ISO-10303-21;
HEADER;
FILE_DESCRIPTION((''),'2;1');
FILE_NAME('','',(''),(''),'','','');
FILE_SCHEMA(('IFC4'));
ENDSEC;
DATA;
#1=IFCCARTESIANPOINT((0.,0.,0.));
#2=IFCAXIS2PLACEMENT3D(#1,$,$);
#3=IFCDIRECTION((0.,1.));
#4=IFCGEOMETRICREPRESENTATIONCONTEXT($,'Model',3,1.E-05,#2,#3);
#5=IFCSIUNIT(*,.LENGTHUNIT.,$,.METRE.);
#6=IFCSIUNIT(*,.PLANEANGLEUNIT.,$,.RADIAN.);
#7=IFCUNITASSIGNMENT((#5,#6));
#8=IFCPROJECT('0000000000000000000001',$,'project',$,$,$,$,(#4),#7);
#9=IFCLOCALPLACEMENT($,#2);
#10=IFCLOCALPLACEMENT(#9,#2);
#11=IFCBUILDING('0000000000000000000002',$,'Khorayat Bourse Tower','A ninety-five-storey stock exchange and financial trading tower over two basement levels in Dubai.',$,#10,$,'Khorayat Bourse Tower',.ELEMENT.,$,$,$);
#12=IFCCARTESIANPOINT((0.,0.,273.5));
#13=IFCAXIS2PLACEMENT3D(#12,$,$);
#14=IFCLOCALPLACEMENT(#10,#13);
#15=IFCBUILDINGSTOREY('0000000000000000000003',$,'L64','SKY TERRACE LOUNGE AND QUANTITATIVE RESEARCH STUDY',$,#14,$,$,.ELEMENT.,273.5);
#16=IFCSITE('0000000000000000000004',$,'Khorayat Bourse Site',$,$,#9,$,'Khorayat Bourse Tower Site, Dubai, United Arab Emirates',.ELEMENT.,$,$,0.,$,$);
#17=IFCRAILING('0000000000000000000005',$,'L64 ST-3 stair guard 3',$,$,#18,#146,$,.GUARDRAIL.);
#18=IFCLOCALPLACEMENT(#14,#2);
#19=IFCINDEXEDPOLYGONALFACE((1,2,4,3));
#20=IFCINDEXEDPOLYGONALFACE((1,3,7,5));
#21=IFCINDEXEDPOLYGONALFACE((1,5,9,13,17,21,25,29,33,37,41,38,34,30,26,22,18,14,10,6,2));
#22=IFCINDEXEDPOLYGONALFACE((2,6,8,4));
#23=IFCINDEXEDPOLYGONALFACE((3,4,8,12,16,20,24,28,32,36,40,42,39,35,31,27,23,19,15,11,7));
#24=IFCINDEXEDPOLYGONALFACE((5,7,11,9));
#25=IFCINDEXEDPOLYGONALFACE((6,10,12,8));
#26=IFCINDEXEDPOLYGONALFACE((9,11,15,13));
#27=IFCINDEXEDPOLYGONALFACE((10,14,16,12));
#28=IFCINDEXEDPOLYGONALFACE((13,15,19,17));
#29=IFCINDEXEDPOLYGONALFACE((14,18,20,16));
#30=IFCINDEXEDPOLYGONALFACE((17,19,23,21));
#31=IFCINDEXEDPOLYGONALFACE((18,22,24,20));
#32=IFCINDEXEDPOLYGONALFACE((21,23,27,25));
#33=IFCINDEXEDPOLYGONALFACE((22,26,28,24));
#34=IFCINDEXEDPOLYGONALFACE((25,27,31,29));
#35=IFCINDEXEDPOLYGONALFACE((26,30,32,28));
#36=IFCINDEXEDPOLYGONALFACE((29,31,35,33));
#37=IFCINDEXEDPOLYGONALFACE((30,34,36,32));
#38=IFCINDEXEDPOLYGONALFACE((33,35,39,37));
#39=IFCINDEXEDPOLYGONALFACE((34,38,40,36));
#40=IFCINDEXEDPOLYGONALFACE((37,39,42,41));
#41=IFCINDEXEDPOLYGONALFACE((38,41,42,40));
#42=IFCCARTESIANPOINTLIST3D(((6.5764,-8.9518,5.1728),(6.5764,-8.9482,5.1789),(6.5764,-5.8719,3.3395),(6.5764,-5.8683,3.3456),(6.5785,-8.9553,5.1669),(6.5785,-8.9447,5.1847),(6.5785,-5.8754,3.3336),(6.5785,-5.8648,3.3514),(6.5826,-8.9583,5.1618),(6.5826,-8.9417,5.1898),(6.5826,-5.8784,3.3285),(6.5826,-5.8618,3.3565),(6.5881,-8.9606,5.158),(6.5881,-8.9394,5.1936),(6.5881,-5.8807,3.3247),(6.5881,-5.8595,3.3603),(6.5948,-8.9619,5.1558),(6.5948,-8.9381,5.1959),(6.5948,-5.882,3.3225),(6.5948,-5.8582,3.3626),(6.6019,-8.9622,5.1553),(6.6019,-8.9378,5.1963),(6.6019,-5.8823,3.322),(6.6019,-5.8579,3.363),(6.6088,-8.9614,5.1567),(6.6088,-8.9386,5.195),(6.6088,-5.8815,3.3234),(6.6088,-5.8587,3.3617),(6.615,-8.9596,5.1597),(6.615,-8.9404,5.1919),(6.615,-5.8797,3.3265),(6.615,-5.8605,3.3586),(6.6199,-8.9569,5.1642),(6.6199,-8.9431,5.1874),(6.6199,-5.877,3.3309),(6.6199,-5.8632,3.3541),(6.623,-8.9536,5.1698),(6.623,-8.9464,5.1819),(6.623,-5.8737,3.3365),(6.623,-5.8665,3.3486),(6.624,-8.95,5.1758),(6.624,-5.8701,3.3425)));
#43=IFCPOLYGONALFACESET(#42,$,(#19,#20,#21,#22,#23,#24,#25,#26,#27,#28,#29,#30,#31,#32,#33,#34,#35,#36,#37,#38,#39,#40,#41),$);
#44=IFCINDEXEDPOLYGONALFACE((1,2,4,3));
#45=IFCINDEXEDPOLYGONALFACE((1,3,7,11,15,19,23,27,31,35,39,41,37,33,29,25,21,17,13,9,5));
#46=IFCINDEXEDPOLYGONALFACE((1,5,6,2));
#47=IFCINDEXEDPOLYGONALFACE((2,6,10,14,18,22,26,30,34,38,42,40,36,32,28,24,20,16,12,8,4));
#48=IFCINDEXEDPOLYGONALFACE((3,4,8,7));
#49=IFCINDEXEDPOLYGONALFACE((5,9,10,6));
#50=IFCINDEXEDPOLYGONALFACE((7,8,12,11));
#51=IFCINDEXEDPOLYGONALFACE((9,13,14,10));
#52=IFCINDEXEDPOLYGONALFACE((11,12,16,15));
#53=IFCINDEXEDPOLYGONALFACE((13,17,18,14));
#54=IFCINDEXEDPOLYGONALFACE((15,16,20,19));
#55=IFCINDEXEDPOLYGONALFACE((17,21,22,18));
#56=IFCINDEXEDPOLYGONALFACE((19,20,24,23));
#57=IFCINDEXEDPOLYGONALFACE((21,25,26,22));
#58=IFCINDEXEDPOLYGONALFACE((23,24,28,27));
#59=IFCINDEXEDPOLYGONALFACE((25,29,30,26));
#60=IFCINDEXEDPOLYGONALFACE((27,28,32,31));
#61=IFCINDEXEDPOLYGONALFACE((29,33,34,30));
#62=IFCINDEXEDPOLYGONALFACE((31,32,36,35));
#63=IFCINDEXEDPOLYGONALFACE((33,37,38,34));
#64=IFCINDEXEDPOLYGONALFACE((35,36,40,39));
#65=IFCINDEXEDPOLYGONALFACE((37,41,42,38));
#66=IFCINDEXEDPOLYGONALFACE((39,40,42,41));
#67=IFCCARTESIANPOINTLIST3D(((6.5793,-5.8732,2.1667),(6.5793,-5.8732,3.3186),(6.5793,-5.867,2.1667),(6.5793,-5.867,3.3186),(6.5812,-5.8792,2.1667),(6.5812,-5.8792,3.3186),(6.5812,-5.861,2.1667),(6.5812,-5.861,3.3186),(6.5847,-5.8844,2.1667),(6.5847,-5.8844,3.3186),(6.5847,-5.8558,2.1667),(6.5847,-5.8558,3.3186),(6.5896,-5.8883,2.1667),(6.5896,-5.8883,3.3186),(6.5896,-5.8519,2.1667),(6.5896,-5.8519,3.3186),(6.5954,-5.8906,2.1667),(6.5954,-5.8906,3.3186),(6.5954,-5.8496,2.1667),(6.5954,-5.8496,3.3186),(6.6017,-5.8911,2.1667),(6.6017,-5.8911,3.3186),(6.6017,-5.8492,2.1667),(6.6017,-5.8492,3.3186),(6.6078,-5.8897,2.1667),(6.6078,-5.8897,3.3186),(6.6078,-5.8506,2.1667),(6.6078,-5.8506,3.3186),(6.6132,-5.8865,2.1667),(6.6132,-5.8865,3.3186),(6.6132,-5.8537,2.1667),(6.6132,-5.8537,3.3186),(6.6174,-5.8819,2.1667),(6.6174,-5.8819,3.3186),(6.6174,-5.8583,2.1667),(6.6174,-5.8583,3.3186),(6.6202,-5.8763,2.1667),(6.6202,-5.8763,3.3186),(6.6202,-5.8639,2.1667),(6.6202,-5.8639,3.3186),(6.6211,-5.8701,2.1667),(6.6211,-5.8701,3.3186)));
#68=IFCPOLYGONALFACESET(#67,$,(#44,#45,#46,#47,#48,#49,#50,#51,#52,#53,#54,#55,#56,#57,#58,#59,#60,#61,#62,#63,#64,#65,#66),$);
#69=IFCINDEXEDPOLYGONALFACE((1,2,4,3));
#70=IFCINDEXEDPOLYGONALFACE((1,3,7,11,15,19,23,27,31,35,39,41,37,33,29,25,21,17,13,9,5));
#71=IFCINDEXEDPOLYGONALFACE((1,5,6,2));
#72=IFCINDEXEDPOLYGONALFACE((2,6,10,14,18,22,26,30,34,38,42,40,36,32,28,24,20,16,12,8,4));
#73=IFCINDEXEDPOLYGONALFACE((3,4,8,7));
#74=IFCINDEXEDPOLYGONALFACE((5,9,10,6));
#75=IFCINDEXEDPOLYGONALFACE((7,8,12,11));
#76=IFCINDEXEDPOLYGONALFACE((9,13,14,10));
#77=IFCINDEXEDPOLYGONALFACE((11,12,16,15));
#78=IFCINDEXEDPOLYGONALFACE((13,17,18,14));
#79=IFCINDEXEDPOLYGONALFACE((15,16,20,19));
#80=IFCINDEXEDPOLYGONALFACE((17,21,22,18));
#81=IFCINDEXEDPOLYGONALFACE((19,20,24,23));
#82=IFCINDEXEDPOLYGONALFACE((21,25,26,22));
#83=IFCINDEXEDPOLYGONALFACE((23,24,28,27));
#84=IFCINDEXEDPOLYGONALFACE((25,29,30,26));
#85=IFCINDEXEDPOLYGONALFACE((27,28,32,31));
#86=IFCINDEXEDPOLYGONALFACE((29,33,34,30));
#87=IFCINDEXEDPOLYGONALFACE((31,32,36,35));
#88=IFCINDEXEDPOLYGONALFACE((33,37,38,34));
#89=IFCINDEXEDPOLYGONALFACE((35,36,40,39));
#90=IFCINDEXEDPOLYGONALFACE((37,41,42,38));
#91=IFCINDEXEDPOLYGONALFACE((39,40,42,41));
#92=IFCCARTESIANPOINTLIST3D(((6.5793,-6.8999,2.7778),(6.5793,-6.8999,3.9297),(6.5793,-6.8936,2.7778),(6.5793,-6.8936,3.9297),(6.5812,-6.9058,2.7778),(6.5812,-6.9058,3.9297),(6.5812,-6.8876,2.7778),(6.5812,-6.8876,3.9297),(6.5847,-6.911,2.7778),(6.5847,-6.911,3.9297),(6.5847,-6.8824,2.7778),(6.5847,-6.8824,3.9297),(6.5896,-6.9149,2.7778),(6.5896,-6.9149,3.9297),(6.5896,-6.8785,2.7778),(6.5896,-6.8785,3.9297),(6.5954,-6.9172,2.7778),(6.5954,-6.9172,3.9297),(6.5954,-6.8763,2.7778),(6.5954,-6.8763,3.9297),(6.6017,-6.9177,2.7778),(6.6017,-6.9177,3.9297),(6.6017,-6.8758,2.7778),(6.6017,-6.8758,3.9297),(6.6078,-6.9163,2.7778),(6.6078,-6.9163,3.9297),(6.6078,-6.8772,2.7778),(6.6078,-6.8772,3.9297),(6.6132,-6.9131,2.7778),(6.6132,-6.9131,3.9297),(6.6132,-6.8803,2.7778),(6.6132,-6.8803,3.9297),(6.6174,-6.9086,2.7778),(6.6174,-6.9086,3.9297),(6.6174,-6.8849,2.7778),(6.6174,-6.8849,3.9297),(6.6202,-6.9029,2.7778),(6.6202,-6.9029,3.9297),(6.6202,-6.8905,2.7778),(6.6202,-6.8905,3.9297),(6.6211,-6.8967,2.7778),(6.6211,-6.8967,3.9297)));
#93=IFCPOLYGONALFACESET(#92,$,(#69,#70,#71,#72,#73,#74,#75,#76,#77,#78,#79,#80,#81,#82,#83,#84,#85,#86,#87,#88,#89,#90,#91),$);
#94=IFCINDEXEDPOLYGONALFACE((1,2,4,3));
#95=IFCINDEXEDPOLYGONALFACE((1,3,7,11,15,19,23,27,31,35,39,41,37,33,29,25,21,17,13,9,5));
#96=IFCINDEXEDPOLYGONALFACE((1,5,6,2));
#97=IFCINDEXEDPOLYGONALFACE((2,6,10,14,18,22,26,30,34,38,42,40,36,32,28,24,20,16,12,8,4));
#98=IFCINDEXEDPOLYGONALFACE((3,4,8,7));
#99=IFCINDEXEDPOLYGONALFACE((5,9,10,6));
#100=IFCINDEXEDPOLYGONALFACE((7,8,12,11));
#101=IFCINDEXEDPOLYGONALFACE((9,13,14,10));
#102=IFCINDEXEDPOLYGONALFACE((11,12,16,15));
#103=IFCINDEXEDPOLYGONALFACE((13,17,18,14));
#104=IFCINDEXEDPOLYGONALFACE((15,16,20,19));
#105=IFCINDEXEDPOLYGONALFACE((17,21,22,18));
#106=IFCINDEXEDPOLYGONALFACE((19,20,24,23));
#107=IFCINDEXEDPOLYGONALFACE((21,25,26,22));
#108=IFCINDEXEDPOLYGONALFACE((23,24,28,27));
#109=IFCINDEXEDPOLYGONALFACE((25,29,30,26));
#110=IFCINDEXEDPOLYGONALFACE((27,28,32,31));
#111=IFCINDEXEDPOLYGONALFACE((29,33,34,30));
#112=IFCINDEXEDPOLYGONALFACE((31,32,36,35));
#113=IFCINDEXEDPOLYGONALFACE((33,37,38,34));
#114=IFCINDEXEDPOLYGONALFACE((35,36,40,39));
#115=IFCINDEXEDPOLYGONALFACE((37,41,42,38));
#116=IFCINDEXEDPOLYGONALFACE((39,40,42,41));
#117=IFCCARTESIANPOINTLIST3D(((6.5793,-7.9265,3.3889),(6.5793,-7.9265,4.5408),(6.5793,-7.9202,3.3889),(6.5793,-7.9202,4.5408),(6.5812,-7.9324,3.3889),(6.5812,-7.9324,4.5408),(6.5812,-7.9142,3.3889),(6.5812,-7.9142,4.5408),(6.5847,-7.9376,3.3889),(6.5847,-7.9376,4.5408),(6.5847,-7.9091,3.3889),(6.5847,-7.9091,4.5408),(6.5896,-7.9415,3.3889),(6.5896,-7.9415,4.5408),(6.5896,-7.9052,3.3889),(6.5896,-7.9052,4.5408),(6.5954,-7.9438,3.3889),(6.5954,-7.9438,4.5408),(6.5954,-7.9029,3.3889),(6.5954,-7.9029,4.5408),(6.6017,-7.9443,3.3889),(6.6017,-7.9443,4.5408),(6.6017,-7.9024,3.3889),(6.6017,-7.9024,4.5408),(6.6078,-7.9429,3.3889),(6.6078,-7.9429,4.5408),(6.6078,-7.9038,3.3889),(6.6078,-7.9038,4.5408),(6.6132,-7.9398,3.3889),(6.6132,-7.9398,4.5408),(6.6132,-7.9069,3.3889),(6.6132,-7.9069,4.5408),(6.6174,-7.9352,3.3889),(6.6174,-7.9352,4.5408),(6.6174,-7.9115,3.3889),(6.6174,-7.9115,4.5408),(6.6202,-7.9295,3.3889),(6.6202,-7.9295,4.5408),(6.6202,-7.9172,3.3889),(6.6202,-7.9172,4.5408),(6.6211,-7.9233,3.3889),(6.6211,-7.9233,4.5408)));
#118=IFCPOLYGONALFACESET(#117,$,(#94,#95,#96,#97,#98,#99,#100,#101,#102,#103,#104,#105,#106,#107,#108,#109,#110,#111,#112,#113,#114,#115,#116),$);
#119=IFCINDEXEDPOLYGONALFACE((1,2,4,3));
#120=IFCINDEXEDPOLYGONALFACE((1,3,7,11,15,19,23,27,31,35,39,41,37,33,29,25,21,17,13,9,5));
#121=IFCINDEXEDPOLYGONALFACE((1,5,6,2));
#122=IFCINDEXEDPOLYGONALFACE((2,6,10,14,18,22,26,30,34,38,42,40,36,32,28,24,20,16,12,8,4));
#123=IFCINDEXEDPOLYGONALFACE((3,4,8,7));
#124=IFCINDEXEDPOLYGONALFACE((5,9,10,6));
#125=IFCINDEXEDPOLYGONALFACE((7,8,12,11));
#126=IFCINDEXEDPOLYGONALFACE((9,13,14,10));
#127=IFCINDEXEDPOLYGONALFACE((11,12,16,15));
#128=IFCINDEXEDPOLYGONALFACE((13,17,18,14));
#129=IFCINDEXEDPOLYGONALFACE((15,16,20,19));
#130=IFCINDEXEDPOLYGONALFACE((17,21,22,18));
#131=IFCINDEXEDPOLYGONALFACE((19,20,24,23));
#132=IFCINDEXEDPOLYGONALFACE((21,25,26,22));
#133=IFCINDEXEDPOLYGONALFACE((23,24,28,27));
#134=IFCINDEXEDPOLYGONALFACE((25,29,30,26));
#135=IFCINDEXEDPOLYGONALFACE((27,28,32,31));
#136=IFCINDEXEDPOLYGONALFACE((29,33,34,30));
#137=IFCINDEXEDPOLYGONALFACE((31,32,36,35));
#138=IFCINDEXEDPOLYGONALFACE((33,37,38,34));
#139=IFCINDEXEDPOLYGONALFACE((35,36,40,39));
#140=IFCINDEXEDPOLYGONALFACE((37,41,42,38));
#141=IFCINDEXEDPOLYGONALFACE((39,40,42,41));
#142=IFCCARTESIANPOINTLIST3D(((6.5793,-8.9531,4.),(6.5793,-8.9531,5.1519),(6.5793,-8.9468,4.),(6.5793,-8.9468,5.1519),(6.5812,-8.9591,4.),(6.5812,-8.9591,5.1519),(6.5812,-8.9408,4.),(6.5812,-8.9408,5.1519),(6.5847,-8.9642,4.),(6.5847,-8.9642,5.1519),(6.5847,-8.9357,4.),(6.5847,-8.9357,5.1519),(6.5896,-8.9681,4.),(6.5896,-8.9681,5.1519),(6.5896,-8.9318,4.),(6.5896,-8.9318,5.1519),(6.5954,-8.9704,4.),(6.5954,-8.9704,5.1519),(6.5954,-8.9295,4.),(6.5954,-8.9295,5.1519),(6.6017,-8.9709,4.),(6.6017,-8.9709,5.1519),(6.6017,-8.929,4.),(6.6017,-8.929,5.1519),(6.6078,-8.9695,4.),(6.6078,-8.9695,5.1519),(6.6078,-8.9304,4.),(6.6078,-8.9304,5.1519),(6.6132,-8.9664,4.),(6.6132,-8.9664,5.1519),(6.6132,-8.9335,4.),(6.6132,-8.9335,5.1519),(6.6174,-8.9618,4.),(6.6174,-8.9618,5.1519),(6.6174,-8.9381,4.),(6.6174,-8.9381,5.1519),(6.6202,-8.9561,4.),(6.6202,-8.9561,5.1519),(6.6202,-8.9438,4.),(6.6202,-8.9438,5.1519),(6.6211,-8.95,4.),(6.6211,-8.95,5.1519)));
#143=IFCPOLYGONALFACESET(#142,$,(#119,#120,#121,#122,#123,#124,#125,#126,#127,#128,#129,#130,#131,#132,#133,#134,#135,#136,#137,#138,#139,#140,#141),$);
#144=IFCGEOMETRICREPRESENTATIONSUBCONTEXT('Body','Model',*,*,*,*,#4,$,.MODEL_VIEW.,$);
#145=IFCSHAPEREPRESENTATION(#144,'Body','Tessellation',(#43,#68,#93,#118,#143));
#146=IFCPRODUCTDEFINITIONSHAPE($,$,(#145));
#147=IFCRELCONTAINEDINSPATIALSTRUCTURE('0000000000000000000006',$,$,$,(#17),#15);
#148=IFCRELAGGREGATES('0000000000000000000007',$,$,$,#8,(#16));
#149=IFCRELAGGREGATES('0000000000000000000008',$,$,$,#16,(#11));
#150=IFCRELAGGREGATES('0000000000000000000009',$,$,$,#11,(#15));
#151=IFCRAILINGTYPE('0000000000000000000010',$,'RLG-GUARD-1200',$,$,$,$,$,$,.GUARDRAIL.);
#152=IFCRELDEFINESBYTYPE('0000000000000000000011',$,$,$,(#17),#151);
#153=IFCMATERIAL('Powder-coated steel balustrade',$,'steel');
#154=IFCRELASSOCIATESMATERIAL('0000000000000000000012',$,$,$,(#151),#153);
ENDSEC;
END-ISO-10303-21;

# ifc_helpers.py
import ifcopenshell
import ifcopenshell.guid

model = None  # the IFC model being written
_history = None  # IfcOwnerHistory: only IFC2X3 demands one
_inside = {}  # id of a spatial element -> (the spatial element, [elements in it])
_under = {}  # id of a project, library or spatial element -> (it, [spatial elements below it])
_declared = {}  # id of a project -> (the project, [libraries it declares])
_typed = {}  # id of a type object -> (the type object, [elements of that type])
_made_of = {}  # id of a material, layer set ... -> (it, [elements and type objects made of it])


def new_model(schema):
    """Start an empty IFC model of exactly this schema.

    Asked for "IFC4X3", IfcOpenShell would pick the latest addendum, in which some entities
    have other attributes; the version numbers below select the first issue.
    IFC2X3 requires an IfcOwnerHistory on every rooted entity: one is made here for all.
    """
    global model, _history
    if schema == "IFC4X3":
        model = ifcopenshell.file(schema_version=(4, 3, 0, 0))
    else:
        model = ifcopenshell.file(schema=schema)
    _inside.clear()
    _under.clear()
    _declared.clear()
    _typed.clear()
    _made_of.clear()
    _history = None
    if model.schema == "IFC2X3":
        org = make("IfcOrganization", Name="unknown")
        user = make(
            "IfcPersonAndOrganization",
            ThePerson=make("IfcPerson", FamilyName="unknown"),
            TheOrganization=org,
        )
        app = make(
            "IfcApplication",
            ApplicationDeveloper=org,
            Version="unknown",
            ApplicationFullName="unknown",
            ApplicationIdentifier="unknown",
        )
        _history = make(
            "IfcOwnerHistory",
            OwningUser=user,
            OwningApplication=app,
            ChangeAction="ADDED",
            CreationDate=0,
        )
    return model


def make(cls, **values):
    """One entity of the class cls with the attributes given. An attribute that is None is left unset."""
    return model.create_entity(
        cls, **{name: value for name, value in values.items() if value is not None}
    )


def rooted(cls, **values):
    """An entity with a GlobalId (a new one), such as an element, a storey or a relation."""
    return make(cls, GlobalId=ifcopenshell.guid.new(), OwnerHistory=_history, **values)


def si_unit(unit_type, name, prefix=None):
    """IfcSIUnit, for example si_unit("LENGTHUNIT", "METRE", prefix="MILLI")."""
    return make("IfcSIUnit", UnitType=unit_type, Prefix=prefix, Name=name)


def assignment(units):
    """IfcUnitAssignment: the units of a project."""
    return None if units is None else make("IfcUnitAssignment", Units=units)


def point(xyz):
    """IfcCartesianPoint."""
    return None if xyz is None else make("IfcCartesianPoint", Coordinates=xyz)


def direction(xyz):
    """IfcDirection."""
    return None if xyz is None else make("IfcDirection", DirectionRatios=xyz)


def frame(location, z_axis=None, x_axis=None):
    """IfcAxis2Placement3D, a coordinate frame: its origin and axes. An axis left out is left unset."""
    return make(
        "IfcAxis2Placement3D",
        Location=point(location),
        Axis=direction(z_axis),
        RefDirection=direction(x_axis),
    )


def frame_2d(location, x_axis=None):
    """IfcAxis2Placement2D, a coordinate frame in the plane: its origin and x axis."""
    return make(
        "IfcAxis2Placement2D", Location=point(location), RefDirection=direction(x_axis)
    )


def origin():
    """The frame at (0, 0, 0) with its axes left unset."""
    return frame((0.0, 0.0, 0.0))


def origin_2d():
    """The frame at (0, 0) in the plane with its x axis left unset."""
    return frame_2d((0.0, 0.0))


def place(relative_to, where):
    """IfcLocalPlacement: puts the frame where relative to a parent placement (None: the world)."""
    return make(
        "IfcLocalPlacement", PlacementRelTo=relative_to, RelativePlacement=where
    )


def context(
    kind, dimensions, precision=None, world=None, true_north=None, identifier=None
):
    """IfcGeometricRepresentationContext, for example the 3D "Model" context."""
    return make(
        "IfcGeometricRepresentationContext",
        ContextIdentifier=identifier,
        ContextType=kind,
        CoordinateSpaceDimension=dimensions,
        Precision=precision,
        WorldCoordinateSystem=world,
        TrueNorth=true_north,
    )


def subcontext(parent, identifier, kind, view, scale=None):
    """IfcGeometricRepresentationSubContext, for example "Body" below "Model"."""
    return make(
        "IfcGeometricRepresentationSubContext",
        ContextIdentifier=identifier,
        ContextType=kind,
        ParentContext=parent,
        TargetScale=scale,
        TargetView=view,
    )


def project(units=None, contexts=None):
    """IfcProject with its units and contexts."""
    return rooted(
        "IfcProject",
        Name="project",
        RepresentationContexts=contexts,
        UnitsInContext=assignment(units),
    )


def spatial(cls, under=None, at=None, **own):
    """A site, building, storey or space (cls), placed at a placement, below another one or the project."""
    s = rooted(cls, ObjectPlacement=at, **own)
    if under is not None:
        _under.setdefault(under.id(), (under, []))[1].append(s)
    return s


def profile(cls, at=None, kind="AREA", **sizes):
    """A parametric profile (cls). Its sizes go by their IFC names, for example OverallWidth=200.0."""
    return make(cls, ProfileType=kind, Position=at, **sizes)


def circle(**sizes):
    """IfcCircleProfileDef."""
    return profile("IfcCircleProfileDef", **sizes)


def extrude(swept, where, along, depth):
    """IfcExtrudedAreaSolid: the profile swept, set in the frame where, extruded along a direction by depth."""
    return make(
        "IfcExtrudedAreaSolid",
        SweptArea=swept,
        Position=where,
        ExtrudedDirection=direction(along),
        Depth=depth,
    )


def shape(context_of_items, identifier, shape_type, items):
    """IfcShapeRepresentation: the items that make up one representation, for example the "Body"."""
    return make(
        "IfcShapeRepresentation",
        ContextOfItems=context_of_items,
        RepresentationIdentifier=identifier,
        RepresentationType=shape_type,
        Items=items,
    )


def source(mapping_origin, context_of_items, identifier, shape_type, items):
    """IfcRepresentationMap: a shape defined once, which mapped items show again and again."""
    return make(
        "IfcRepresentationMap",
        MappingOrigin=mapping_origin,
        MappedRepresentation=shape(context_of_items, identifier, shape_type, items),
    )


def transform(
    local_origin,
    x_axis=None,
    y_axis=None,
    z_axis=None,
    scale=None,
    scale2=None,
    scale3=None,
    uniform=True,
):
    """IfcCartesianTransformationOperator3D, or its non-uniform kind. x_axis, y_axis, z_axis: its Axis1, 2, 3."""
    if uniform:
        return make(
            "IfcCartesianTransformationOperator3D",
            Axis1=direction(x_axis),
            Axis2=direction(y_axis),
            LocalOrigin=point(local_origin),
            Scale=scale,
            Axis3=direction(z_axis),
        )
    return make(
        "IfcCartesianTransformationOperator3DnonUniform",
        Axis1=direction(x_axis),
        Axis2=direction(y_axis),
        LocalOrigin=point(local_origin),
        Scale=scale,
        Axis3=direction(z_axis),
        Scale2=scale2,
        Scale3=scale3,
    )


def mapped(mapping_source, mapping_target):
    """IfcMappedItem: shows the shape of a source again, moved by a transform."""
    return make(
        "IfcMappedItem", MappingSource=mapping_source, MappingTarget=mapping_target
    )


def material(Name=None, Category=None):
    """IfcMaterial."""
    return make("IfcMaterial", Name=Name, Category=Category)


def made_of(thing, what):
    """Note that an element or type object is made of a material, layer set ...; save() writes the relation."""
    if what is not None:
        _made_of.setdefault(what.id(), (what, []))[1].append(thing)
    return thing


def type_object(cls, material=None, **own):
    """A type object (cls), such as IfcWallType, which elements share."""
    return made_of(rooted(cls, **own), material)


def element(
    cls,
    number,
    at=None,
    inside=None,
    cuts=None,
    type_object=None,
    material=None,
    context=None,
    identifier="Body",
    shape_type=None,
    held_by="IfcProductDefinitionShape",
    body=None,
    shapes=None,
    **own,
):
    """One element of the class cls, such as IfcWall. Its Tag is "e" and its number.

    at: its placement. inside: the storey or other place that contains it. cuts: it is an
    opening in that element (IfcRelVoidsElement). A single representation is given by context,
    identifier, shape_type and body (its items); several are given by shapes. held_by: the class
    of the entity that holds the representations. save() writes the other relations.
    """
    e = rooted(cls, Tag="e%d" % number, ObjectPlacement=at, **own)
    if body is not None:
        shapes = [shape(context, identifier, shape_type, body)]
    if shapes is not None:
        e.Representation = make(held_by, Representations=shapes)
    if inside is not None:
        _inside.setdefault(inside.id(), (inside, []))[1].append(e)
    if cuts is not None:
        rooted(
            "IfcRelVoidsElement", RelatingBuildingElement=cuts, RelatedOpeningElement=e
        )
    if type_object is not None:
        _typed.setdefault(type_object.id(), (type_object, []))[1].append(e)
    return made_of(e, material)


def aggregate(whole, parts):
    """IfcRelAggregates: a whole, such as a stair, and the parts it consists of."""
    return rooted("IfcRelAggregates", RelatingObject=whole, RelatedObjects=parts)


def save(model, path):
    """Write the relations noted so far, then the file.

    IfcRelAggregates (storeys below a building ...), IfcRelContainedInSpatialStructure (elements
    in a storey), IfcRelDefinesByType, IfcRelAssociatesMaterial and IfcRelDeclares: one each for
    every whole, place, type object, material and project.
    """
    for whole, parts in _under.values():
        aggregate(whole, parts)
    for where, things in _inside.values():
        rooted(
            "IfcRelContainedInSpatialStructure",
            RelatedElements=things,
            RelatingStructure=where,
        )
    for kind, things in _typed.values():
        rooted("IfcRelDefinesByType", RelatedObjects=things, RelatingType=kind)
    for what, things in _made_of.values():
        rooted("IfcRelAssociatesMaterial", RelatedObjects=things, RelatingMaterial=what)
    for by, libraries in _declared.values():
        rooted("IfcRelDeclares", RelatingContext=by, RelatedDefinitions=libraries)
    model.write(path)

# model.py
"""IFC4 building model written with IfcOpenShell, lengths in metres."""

from ifc_helpers import new_model, si_unit, direction, frame, origin, origin_2d, place, context, subcontext, project, spatial, circle, extrude, source, transform, mapped, material, type_object, element, save


model = new_model("IFC4")

# Units and contexts
model_context = context("Model", 3, precision=1e-05, world=origin(), true_north=direction((0.0, 1.0)))
body_context = subcontext(model_context, "Body", "Model", "MODEL_VIEW")
ifc_project = project(units=[si_unit("LENGTHUNIT", "METRE"), si_unit("PLANEANGLEUNIT", "RADIAN")], contexts=[model_context])

# Site, building, storey
site_placement = place(None, origin())
site = spatial("IfcSite", under=ifc_project, at=site_placement, Name="Khorayat Bourse Site", LongName="Khorayat Bourse Tower Site, Dubai, United Arab Emirates", CompositionType="ELEMENT", RefElevation=0.0)
building_placement = place(site_placement, origin())
building = spatial("IfcBuilding", under=site, at=building_placement, Name="Khorayat Bourse Tower", Description="A ninety-five-storey stock exchange and financial trading tower over two basement levels in Dubai.", LongName="Khorayat Bourse Tower", CompositionType="ELEMENT")
storey_placement = place(building_placement, frame((0.0, 0.0, 273.5)))
storey = spatial("IfcBuildingStorey", under=building, at=storey_placement, Name="L64", Description="SKY TERRACE LOUNGE AND QUANTITATIVE RESEARCH STUDY", CompositionType="ELEMENT", Elevation=273.5)

# Railing
ifc_material_1 = material(Name="Powder-coated steel balustrade", Category="steel")
railing_type_1 = type_object("IfcRailingType", Name="RLG-GUARD-1200", PredefinedType="GUARDRAIL", material=ifc_material_1)
shared_shape_1 = source(origin(), body_context, "Body", "SweptSolid", [
    extrude(circle(Radius=0.0239, at=origin_2d()), frame((0.0, 0.0, 1.1758), z_axis=(0.0, -0.859291, 0.511487), x_axis=(1.0, 0.0, 0.0)), (0.0, 0.0, 1.0), 3.5842),
    extrude(circle(Radius=0.021, at=origin_2d()), origin(), (0.0, 0.0, 1.0), 1.1519),
    extrude(circle(Radius=0.021, at=origin_2d()), frame((0.0, -1.0266, 0.6111)), (0.0, 0.0, 1.0), 1.1519),
    extrude(circle(Radius=0.021, at=origin_2d()), frame((0.0, -2.0532, 1.2222)), (0.0, 0.0, 1.0), 1.1519),
    extrude(circle(Radius=0.021, at=origin_2d()), frame((0.0, -3.0798, 1.8333)), (0.0, 0.0, 1.0), 1.1519),
])
railing_1_placement = place(storey_placement, frame((6.6001, -5.8701, 2.1667)))
element("IfcRailing", 1, at=railing_1_placement, inside=storey, type_object=railing_type_1, Name="L64 ST-3 stair guard 3", PredefinedType="GUARDRAIL", context=body_context, shape_type="MappedRepresentation", body=[
    mapped(shared_shape_1, transform((0.0, 0.0, 0.0), scale=1.0)),
])

save(model, "model.ifc")
